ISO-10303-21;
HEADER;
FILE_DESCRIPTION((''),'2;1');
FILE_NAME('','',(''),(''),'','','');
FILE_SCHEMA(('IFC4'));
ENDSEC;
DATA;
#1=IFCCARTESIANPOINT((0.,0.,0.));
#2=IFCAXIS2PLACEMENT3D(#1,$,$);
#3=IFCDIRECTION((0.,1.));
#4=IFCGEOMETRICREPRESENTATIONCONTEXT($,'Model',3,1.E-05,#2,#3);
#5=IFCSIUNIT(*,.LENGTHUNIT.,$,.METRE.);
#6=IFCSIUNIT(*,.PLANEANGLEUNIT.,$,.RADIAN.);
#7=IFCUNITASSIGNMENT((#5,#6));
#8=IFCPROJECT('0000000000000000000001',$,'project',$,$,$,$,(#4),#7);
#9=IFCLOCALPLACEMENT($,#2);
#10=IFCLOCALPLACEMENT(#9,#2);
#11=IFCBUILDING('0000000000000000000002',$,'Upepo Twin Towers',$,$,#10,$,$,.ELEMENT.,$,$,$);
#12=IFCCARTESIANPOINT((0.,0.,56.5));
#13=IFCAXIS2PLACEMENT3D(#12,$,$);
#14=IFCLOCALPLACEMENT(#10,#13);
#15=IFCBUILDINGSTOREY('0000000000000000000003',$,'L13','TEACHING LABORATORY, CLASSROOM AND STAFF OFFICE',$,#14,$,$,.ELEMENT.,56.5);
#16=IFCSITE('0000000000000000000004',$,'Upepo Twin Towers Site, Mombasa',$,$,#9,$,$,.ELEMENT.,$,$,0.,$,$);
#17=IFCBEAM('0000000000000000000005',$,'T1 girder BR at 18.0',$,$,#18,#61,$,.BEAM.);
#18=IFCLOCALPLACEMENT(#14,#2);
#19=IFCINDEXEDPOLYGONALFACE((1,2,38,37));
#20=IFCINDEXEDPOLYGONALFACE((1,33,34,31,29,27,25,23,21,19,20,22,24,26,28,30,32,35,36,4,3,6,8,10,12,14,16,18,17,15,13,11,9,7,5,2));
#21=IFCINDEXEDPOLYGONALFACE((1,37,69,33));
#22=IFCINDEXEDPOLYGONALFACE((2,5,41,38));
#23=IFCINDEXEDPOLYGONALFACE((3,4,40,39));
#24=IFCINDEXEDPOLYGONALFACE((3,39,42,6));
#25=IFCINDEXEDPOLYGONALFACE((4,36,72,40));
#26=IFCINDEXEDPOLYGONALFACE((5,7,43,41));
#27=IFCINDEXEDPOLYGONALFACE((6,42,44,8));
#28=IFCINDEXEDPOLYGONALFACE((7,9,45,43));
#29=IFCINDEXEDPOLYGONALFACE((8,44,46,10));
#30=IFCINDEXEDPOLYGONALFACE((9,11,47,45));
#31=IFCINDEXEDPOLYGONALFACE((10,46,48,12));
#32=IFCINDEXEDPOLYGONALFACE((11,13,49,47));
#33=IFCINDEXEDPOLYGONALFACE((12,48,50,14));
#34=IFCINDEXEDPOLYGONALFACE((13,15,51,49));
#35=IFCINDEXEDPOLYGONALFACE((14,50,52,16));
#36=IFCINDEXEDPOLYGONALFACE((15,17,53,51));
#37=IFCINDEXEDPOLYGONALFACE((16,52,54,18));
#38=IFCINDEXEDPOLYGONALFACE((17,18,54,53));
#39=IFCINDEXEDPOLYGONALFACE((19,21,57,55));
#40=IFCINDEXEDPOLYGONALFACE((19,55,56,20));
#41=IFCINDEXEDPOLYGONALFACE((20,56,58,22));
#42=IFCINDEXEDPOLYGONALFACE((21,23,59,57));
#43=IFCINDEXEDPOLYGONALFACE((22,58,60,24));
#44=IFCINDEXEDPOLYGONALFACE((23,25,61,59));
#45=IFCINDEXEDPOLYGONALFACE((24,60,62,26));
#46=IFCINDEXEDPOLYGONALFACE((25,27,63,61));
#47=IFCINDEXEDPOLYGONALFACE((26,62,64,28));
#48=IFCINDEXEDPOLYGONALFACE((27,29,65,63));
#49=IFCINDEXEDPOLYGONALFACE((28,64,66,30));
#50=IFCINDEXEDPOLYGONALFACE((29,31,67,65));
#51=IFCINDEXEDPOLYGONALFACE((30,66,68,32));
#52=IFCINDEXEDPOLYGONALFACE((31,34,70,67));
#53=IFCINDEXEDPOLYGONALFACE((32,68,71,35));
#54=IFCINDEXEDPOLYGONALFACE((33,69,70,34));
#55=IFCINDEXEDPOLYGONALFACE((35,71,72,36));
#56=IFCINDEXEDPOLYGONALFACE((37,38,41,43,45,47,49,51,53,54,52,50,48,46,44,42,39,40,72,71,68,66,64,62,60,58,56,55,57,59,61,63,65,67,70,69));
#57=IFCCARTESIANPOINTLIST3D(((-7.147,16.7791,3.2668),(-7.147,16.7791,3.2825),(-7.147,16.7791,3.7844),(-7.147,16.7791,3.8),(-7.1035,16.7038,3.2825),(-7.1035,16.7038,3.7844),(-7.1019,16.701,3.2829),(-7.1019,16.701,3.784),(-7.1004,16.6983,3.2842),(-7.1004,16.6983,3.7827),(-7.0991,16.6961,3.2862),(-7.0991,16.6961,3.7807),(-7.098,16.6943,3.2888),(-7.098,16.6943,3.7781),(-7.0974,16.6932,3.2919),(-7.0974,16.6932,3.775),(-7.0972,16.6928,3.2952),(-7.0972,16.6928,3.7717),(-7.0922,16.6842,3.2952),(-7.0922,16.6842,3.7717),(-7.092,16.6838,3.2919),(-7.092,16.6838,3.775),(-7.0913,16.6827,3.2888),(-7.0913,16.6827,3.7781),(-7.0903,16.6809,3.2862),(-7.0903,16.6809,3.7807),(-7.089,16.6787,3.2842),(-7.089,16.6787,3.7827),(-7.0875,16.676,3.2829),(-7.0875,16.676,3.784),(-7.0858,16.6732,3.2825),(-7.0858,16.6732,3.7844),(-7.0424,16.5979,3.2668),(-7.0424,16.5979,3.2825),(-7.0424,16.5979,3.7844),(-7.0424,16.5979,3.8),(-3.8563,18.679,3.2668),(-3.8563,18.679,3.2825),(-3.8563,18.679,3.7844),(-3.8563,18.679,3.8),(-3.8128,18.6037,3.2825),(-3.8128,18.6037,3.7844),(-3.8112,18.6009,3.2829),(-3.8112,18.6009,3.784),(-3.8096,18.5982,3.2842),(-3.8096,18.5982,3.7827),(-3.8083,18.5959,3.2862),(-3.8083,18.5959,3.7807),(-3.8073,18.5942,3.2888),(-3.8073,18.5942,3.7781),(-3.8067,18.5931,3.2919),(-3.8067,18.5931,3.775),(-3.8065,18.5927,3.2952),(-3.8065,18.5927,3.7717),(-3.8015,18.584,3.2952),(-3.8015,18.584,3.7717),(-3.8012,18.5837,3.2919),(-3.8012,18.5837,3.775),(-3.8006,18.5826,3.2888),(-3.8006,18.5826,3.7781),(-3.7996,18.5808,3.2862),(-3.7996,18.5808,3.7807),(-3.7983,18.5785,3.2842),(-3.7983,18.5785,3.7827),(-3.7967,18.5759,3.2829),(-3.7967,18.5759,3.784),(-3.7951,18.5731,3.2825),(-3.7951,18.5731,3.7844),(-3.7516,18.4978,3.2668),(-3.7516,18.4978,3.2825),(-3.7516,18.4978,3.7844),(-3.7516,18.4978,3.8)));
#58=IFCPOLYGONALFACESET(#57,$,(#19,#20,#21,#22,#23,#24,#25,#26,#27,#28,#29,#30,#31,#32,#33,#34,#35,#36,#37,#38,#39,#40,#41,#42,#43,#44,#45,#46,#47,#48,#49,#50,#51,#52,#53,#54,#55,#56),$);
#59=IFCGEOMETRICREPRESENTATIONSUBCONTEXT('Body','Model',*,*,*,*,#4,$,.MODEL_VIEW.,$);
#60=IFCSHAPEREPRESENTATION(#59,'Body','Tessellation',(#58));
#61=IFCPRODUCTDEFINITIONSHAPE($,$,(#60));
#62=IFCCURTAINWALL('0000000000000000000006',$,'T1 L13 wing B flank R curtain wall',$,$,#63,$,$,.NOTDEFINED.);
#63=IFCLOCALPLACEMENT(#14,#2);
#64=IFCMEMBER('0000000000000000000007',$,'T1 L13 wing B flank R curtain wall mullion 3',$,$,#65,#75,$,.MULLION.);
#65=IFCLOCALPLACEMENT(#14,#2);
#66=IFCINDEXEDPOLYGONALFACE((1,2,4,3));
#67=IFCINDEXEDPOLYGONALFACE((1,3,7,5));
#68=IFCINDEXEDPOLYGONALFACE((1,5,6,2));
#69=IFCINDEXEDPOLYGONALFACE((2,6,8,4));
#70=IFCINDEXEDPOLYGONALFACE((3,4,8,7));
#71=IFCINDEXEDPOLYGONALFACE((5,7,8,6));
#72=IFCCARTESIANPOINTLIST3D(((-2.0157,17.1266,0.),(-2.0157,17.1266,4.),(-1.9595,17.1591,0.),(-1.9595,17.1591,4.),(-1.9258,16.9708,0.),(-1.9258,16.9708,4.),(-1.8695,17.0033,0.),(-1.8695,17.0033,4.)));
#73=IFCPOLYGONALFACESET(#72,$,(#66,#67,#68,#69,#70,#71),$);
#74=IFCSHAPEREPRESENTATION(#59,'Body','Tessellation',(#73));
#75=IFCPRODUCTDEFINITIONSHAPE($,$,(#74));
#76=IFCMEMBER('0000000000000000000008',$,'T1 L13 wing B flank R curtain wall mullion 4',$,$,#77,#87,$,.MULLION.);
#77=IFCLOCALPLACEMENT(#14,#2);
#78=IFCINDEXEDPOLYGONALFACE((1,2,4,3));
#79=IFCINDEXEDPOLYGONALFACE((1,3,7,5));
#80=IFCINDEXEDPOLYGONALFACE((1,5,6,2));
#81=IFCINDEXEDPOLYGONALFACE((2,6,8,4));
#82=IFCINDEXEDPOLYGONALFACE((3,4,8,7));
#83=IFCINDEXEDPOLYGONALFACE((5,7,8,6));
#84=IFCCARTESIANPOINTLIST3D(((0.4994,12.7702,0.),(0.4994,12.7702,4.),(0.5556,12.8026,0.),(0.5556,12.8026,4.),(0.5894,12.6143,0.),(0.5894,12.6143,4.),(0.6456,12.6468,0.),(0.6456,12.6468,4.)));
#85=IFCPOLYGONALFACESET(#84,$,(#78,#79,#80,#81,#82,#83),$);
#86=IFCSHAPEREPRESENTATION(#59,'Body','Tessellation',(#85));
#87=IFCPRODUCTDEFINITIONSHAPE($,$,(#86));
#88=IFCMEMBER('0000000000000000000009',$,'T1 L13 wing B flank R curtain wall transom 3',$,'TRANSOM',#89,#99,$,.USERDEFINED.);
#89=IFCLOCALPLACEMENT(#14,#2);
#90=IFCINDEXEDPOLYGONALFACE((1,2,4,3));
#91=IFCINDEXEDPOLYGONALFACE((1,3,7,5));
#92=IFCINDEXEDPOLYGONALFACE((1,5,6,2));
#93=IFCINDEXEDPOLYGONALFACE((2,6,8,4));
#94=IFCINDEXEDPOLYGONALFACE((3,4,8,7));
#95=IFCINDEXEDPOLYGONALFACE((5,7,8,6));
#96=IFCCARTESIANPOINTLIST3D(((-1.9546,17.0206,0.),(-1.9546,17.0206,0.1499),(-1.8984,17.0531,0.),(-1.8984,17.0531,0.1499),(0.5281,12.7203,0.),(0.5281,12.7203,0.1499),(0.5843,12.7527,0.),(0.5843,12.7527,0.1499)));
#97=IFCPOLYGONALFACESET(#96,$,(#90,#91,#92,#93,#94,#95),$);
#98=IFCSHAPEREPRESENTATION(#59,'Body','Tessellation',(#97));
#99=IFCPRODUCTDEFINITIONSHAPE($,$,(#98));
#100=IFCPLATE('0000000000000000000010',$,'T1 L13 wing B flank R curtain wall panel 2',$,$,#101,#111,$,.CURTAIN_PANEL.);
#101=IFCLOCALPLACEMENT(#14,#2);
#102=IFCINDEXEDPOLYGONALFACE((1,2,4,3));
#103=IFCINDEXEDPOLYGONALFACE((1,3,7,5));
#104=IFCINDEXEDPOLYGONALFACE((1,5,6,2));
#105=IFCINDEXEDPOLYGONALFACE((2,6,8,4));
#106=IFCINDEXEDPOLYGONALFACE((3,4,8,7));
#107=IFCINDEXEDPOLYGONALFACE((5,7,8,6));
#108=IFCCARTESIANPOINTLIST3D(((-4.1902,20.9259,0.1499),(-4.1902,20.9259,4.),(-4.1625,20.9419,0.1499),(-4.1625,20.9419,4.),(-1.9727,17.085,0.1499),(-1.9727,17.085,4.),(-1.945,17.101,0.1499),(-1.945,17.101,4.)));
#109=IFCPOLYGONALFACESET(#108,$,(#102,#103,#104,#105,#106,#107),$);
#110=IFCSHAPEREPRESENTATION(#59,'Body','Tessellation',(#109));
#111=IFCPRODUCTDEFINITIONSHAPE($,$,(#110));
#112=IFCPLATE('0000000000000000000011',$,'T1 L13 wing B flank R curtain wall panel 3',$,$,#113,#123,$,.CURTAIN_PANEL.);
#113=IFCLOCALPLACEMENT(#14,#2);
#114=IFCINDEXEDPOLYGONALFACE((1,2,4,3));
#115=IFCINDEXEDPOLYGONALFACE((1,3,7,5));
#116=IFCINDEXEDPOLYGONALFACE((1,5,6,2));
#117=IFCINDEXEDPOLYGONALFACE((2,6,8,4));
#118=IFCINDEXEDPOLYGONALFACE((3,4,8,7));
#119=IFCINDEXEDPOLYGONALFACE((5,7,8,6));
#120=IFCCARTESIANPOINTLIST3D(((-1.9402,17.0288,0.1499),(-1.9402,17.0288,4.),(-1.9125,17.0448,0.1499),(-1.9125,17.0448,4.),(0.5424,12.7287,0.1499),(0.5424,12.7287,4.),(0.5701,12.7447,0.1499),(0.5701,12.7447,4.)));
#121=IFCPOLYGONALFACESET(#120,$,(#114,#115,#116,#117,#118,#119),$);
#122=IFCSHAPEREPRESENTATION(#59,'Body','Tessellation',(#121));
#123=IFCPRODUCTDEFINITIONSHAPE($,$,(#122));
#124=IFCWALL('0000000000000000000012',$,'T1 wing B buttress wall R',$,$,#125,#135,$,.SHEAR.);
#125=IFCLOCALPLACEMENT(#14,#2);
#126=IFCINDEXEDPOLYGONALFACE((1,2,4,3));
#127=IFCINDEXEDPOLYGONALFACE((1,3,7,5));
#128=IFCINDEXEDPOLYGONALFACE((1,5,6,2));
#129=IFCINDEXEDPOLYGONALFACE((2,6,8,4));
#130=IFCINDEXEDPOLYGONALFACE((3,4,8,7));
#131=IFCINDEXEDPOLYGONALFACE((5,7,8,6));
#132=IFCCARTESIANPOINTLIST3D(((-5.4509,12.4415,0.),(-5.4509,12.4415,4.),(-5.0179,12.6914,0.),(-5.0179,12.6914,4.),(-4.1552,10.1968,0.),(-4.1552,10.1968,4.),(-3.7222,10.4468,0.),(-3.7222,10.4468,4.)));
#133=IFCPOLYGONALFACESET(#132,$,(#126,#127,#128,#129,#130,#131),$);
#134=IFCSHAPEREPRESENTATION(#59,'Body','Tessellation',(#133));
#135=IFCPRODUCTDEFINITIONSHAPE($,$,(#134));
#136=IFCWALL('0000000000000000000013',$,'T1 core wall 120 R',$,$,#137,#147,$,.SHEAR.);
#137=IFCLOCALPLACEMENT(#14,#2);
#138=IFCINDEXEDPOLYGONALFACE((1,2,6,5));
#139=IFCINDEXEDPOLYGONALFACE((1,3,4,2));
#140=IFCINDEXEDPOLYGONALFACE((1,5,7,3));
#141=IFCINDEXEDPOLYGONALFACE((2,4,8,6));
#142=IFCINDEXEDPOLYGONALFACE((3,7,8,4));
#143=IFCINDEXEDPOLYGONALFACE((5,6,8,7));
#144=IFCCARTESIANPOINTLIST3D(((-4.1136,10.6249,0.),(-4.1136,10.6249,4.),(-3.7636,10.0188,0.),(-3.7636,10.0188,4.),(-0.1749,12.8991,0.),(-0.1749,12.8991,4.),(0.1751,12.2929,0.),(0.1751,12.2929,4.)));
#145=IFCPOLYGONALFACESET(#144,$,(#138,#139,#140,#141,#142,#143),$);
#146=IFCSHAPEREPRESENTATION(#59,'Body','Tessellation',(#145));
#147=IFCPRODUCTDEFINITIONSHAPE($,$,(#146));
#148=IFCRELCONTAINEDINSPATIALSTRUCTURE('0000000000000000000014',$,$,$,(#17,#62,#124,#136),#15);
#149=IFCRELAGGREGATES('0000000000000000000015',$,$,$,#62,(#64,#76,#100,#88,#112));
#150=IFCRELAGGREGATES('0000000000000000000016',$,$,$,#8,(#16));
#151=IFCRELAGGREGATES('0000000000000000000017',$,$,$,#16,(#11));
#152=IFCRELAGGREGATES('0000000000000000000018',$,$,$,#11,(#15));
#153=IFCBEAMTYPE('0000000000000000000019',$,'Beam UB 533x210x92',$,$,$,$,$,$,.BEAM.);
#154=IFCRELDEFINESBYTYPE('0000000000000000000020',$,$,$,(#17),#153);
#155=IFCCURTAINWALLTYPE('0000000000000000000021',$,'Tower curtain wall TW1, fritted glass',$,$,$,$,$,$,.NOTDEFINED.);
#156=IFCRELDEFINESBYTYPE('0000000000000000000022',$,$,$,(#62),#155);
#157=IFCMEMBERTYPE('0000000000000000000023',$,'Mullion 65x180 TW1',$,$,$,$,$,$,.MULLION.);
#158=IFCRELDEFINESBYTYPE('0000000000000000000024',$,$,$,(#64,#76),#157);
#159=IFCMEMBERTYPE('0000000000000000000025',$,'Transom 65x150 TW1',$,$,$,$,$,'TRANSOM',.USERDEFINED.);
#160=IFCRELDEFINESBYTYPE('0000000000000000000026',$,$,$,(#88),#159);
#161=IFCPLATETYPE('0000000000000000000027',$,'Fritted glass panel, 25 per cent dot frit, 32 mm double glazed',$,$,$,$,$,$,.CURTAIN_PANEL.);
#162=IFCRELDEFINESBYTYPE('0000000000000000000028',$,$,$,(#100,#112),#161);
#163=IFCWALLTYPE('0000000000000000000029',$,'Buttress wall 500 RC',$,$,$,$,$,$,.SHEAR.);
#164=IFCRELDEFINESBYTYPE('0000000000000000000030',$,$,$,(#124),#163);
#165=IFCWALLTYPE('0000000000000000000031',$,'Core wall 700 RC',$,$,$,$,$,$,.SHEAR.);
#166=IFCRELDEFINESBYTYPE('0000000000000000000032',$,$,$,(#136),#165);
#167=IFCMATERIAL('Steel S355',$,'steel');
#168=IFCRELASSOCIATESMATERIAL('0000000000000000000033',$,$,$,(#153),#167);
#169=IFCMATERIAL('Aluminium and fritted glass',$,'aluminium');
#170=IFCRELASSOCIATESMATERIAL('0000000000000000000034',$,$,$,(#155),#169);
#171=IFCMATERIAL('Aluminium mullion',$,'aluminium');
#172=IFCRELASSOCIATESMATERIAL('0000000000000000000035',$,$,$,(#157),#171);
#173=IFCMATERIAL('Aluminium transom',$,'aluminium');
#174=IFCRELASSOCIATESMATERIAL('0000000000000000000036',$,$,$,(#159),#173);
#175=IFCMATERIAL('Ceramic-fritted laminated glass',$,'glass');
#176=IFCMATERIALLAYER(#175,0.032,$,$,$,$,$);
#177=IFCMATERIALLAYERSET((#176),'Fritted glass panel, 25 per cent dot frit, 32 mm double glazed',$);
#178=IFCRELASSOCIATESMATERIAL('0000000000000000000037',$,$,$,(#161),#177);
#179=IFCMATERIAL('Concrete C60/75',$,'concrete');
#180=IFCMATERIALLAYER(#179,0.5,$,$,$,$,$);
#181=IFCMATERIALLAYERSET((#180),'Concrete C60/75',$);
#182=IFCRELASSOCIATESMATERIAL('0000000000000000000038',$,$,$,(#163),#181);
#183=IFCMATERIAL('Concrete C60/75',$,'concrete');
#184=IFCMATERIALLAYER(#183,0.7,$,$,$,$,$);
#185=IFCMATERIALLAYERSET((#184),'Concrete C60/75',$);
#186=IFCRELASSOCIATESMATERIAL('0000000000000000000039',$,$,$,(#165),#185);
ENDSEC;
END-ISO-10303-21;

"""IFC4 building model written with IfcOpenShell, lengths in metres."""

from ifc_helpers import new_model, si_unit, direction, frame, frame_2d, origin, origin_2d, place, context, subcontext, project, spatial, rectangle, i_section, extrude, material, layer, layer_set, material_profile, profile_set, type_object, element, aggregate, save


model = new_model("IFC4")

# Units and contexts
model_context = context("Model", 3, precision=1e-05, world=origin(), true_north=direction((0.0, 1.0)))
body_context = subcontext(model_context, "Body", "Model", "MODEL_VIEW")
ifc_project = project(units=[si_unit("LENGTHUNIT", "METRE"), si_unit("PLANEANGLEUNIT", "RADIAN")], contexts=[model_context])

# Site, building, storey
site_placement = place(None, origin())
site = spatial("IfcSite", under=ifc_project, at=site_placement, Name="Upepo Twin Towers Site, Mombasa", CompositionType="ELEMENT", RefElevation=0.0)
building_placement = place(site_placement, origin())
building = spatial("IfcBuilding", under=site, at=building_placement, Name="Upepo Twin Towers", CompositionType="ELEMENT")
storey_placement = place(building_placement, frame((0.0, 0.0, 56.5)))
storey = spatial("IfcBuildingStorey", under=building, at=storey_placement, Name="L13", Description="TEACHING LABORATORY, CLASSROOM AND STAFF OFFICE", CompositionType="ELEMENT", Elevation=56.5)

# Beam
ifc_material_1 = material(Name="Steel S355", Category="steel")
ifc_material_profile_1 = material_profile(ifc_material_1, i_section(OverallWidth=0.2092, OverallDepth=0.5332, WebThickness=0.01, FlangeThickness=0.0156, FilletRadius=0.0127, at=origin_2d()), Name="UB 533x210x92")
ifc_profile_set_1 = profile_set([ifc_material_profile_1], Name="Steel S355")
beam_type_1 = type_object("IfcBeamType", Name="Beam UB 533x210x92", PredefinedType="BEAM", material=ifc_profile_set_1)
beam_1_placement = place(storey_placement, frame((-3.804, 18.5884, 3.5334), z_axis=(-0.866028, -0.499995, 0.0), x_axis=(0.499995, -0.866028, 0.0)))
element("IfcBeam", 1, at=beam_1_placement, inside=storey, type_object=beam_type_1, Name="T1 girder BR at 18.0", PredefinedType="BEAM", context=body_context, shape_type="SweptSolid", body=[
    extrude(i_section(OverallWidth=0.2092, OverallDepth=0.5332, WebThickness=0.01, FlangeThickness=0.0156, FilletRadius=0.0127, at=origin_2d()), origin(), (0.0, 0.0, 1.0), 3.7998),
])

# Curtain wall, members, plates
ifc_material_2 = material(Name="Aluminium and fritted glass", Category="aluminium")
curtain_wall_type = type_object("IfcCurtainWallType", Name="Tower curtain wall TW1, fritted glass", PredefinedType="NOTDEFINED", material=ifc_material_2)
curtain_wall_placement = place(storey_placement, origin())
curtain_wall = element("IfcCurtainWall", 2, at=curtain_wall_placement, inside=storey, type_object=curtain_wall_type, Name="T1 L13 wing B flank R curtain wall", PredefinedType="NOTDEFINED")
ifc_material_3 = material(Name="Aluminium mullion", Category="aluminium")
ifc_material_profile_2 = material_profile(ifc_material_3, rectangle(XDim=0.0649, YDim=0.1799, at=origin_2d()), Name="MULLION 65x180")
ifc_profile_set_2 = profile_set([ifc_material_profile_2], Name="Aluminium mullion")
member_type_1 = type_object("IfcMemberType", Name="Mullion 65x180 TW1", PredefinedType="MULLION", material=ifc_profile_set_2)
member_1_placement = place(storey_placement, frame((-1.9426, 17.0649, 0.0), z_axis=(0.0, 0.0, 1.0), x_axis=(0.866025, 0.5, 0.0)))
member_1 = element("IfcMember", 3, at=member_1_placement, type_object=member_type_1, Name="T1 L13 wing B flank R curtain wall mullion 3", PredefinedType="MULLION", context=body_context, shape_type="SweptSolid", body=[
    extrude(rectangle(XDim=0.0649, YDim=0.1799, at=origin_2d()), origin(), (0.0, 0.0, 1.0), 4.0),
])
member_2_placement = place(storey_placement, frame((0.5725, 12.7085, 0.0), z_axis=(0.0, 0.0, 1.0), x_axis=(0.866025, 0.5, 0.0)))
member_2 = element("IfcMember", 4, at=member_2_placement, type_object=member_type_1, Name="T1 L13 wing B flank R curtain wall mullion 4", PredefinedType="MULLION", context=body_context, shape_type="SweptSolid", body=[
    extrude(rectangle(XDim=0.0649, YDim=0.1799, at=origin_2d()), origin(), (0.0, 0.0, 1.0), 4.0),
])
ifc_material_4 = material(Name="Aluminium transom", Category="aluminium")
ifc_material_profile_3 = material_profile(ifc_material_4, rectangle(XDim=0.0649, YDim=0.1499, at=origin_2d()), Name="TRANSOM 65x150")
ifc_profile_set_3 = profile_set([ifc_material_profile_3], Name="Aluminium transom")
member_type_2 = type_object("IfcMemberType", Name="Transom 65x150 TW1", ElementType="TRANSOM", PredefinedType="USERDEFINED", material=ifc_profile_set_3)
member_3_placement = place(storey_placement, frame((-1.9265, 17.0369, 0.075), z_axis=(0.499983, -0.866035, 0.0), x_axis=(0.866035, 0.499983, 0.0)))
member_3 = element("IfcMember", 5, at=member_3_placement, type_object=member_type_2, Name="T1 L13 wing B flank R curtain wall transom 3", ObjectType="TRANSOM", PredefinedType="USERDEFINED", context=body_context, shape_type="SweptSolid", body=[
    extrude(rectangle(XDim=0.0649, YDim=0.1499, at=origin_2d()), origin(), (0.0, 0.0, 1.0), 4.9656),
])
ifc_material_5 = material(Name="Ceramic-fritted laminated glass", Category="glass")
ifc_layer_1 = layer(ifc_material_5, 0.032)
ifc_layer_set_1 = layer_set([ifc_layer_1], Name="Fritted glass panel, 25 per cent dot frit, 32 mm double glazed")
plate_type = type_object("IfcPlateType", Name="Fritted glass panel, 25 per cent dot frit, 32 mm double glazed", PredefinedType="CURTAIN_PANEL", material=ifc_layer_set_1)
plate_1_placement = place(storey_placement, frame((-3.0676, 19.0134, 0.1499), z_axis=(0.0, 0.0, 1.0), x_axis=(0.5, -0.866025, 0.0)))
plate_1 = element("IfcPlate", 6, at=plate_1_placement, type_object=plate_type, Name="T1 L13 wing B flank R curtain wall panel 2", PredefinedType="CURTAIN_PANEL", context=body_context, shape_type="SweptSolid", body=[
    extrude(rectangle(XDim=4.4351, YDim=0.032, at=origin_2d()), origin(), (0.0, 0.0, 1.0), 3.8501),
])
plate_2_placement = place(storey_placement, frame((-0.6851, 14.8867, 0.1499), z_axis=(0.0, 0.0, 1.0), x_axis=(0.5, -0.866025, 0.0)))
plate_2 = element("IfcPlate", 7, at=plate_2_placement, type_object=plate_type, Name="T1 L13 wing B flank R curtain wall panel 3", PredefinedType="CURTAIN_PANEL", context=body_context, shape_type="SweptSolid", body=[
    extrude(rectangle(XDim=4.9653, YDim=0.032, at=origin_2d()), origin(), (0.0, 0.0, 1.0), 3.8501),
])
aggregate(curtain_wall, [member_1, member_2, plate_1, member_3, plate_2])

# Walls
ifc_material_6 = material(Name="Concrete C60/75", Category="concrete")
ifc_layer_2 = layer(ifc_material_6, 0.5)
ifc_layer_set_2 = layer_set([ifc_layer_2], Name="Concrete C60/75")
wall_type_1 = type_object("IfcWallType", Name="Buttress wall 500 RC", PredefinedType="SHEAR", material=ifc_layer_set_2)
wall_1_placement = place(storey_placement, frame((-3.9387, 10.3218, 0.0), z_axis=(0.0, 0.0, 1.0), x_axis=(-0.499918, 0.866073, 0.0)))
element("IfcWall", 8, at=wall_1_placement, inside=storey, type_object=wall_type_1, Name="T1 wing B buttress wall R", PredefinedType="SHEAR", context=body_context, shape_type="SweptSolid", body=[
    extrude(rectangle(XDim=2.5918, YDim=0.5, at=frame_2d((1.2959, 0.0))), origin(), (0.0, 0.0, 1.0), 4.0),
])
ifc_material_7 = material(Name="Concrete C60/75", Category="concrete")
ifc_layer_3 = layer(ifc_material_7, 0.7)
ifc_layer_set_3 = layer_set([ifc_layer_3], Name="Concrete C60/75")
wall_type_2 = type_object("IfcWallType", Name="Core wall 700 RC", PredefinedType="SHEAR", material=ifc_layer_set_3)
wall_2_placement = place(storey_placement, frame((0.0, 12.5959, 0.0), z_axis=(0.0, 0.0, 1.0), x_axis=(-0.866011, -0.500024, 0.0)))
element("IfcWall", 9, at=wall_2_placement, inside=storey, type_object=wall_type_2, Name="T1 core wall 120 R", PredefinedType="SHEAR", context=body_context, shape_type="SweptSolid", body=[
    extrude(rectangle(XDim=4.5481, YDim=0.7, at=frame_2d((2.2739, 0.0))), origin(), (0.0, 0.0, 1.0), 4.0),
])

save(model, "model.ifc")
